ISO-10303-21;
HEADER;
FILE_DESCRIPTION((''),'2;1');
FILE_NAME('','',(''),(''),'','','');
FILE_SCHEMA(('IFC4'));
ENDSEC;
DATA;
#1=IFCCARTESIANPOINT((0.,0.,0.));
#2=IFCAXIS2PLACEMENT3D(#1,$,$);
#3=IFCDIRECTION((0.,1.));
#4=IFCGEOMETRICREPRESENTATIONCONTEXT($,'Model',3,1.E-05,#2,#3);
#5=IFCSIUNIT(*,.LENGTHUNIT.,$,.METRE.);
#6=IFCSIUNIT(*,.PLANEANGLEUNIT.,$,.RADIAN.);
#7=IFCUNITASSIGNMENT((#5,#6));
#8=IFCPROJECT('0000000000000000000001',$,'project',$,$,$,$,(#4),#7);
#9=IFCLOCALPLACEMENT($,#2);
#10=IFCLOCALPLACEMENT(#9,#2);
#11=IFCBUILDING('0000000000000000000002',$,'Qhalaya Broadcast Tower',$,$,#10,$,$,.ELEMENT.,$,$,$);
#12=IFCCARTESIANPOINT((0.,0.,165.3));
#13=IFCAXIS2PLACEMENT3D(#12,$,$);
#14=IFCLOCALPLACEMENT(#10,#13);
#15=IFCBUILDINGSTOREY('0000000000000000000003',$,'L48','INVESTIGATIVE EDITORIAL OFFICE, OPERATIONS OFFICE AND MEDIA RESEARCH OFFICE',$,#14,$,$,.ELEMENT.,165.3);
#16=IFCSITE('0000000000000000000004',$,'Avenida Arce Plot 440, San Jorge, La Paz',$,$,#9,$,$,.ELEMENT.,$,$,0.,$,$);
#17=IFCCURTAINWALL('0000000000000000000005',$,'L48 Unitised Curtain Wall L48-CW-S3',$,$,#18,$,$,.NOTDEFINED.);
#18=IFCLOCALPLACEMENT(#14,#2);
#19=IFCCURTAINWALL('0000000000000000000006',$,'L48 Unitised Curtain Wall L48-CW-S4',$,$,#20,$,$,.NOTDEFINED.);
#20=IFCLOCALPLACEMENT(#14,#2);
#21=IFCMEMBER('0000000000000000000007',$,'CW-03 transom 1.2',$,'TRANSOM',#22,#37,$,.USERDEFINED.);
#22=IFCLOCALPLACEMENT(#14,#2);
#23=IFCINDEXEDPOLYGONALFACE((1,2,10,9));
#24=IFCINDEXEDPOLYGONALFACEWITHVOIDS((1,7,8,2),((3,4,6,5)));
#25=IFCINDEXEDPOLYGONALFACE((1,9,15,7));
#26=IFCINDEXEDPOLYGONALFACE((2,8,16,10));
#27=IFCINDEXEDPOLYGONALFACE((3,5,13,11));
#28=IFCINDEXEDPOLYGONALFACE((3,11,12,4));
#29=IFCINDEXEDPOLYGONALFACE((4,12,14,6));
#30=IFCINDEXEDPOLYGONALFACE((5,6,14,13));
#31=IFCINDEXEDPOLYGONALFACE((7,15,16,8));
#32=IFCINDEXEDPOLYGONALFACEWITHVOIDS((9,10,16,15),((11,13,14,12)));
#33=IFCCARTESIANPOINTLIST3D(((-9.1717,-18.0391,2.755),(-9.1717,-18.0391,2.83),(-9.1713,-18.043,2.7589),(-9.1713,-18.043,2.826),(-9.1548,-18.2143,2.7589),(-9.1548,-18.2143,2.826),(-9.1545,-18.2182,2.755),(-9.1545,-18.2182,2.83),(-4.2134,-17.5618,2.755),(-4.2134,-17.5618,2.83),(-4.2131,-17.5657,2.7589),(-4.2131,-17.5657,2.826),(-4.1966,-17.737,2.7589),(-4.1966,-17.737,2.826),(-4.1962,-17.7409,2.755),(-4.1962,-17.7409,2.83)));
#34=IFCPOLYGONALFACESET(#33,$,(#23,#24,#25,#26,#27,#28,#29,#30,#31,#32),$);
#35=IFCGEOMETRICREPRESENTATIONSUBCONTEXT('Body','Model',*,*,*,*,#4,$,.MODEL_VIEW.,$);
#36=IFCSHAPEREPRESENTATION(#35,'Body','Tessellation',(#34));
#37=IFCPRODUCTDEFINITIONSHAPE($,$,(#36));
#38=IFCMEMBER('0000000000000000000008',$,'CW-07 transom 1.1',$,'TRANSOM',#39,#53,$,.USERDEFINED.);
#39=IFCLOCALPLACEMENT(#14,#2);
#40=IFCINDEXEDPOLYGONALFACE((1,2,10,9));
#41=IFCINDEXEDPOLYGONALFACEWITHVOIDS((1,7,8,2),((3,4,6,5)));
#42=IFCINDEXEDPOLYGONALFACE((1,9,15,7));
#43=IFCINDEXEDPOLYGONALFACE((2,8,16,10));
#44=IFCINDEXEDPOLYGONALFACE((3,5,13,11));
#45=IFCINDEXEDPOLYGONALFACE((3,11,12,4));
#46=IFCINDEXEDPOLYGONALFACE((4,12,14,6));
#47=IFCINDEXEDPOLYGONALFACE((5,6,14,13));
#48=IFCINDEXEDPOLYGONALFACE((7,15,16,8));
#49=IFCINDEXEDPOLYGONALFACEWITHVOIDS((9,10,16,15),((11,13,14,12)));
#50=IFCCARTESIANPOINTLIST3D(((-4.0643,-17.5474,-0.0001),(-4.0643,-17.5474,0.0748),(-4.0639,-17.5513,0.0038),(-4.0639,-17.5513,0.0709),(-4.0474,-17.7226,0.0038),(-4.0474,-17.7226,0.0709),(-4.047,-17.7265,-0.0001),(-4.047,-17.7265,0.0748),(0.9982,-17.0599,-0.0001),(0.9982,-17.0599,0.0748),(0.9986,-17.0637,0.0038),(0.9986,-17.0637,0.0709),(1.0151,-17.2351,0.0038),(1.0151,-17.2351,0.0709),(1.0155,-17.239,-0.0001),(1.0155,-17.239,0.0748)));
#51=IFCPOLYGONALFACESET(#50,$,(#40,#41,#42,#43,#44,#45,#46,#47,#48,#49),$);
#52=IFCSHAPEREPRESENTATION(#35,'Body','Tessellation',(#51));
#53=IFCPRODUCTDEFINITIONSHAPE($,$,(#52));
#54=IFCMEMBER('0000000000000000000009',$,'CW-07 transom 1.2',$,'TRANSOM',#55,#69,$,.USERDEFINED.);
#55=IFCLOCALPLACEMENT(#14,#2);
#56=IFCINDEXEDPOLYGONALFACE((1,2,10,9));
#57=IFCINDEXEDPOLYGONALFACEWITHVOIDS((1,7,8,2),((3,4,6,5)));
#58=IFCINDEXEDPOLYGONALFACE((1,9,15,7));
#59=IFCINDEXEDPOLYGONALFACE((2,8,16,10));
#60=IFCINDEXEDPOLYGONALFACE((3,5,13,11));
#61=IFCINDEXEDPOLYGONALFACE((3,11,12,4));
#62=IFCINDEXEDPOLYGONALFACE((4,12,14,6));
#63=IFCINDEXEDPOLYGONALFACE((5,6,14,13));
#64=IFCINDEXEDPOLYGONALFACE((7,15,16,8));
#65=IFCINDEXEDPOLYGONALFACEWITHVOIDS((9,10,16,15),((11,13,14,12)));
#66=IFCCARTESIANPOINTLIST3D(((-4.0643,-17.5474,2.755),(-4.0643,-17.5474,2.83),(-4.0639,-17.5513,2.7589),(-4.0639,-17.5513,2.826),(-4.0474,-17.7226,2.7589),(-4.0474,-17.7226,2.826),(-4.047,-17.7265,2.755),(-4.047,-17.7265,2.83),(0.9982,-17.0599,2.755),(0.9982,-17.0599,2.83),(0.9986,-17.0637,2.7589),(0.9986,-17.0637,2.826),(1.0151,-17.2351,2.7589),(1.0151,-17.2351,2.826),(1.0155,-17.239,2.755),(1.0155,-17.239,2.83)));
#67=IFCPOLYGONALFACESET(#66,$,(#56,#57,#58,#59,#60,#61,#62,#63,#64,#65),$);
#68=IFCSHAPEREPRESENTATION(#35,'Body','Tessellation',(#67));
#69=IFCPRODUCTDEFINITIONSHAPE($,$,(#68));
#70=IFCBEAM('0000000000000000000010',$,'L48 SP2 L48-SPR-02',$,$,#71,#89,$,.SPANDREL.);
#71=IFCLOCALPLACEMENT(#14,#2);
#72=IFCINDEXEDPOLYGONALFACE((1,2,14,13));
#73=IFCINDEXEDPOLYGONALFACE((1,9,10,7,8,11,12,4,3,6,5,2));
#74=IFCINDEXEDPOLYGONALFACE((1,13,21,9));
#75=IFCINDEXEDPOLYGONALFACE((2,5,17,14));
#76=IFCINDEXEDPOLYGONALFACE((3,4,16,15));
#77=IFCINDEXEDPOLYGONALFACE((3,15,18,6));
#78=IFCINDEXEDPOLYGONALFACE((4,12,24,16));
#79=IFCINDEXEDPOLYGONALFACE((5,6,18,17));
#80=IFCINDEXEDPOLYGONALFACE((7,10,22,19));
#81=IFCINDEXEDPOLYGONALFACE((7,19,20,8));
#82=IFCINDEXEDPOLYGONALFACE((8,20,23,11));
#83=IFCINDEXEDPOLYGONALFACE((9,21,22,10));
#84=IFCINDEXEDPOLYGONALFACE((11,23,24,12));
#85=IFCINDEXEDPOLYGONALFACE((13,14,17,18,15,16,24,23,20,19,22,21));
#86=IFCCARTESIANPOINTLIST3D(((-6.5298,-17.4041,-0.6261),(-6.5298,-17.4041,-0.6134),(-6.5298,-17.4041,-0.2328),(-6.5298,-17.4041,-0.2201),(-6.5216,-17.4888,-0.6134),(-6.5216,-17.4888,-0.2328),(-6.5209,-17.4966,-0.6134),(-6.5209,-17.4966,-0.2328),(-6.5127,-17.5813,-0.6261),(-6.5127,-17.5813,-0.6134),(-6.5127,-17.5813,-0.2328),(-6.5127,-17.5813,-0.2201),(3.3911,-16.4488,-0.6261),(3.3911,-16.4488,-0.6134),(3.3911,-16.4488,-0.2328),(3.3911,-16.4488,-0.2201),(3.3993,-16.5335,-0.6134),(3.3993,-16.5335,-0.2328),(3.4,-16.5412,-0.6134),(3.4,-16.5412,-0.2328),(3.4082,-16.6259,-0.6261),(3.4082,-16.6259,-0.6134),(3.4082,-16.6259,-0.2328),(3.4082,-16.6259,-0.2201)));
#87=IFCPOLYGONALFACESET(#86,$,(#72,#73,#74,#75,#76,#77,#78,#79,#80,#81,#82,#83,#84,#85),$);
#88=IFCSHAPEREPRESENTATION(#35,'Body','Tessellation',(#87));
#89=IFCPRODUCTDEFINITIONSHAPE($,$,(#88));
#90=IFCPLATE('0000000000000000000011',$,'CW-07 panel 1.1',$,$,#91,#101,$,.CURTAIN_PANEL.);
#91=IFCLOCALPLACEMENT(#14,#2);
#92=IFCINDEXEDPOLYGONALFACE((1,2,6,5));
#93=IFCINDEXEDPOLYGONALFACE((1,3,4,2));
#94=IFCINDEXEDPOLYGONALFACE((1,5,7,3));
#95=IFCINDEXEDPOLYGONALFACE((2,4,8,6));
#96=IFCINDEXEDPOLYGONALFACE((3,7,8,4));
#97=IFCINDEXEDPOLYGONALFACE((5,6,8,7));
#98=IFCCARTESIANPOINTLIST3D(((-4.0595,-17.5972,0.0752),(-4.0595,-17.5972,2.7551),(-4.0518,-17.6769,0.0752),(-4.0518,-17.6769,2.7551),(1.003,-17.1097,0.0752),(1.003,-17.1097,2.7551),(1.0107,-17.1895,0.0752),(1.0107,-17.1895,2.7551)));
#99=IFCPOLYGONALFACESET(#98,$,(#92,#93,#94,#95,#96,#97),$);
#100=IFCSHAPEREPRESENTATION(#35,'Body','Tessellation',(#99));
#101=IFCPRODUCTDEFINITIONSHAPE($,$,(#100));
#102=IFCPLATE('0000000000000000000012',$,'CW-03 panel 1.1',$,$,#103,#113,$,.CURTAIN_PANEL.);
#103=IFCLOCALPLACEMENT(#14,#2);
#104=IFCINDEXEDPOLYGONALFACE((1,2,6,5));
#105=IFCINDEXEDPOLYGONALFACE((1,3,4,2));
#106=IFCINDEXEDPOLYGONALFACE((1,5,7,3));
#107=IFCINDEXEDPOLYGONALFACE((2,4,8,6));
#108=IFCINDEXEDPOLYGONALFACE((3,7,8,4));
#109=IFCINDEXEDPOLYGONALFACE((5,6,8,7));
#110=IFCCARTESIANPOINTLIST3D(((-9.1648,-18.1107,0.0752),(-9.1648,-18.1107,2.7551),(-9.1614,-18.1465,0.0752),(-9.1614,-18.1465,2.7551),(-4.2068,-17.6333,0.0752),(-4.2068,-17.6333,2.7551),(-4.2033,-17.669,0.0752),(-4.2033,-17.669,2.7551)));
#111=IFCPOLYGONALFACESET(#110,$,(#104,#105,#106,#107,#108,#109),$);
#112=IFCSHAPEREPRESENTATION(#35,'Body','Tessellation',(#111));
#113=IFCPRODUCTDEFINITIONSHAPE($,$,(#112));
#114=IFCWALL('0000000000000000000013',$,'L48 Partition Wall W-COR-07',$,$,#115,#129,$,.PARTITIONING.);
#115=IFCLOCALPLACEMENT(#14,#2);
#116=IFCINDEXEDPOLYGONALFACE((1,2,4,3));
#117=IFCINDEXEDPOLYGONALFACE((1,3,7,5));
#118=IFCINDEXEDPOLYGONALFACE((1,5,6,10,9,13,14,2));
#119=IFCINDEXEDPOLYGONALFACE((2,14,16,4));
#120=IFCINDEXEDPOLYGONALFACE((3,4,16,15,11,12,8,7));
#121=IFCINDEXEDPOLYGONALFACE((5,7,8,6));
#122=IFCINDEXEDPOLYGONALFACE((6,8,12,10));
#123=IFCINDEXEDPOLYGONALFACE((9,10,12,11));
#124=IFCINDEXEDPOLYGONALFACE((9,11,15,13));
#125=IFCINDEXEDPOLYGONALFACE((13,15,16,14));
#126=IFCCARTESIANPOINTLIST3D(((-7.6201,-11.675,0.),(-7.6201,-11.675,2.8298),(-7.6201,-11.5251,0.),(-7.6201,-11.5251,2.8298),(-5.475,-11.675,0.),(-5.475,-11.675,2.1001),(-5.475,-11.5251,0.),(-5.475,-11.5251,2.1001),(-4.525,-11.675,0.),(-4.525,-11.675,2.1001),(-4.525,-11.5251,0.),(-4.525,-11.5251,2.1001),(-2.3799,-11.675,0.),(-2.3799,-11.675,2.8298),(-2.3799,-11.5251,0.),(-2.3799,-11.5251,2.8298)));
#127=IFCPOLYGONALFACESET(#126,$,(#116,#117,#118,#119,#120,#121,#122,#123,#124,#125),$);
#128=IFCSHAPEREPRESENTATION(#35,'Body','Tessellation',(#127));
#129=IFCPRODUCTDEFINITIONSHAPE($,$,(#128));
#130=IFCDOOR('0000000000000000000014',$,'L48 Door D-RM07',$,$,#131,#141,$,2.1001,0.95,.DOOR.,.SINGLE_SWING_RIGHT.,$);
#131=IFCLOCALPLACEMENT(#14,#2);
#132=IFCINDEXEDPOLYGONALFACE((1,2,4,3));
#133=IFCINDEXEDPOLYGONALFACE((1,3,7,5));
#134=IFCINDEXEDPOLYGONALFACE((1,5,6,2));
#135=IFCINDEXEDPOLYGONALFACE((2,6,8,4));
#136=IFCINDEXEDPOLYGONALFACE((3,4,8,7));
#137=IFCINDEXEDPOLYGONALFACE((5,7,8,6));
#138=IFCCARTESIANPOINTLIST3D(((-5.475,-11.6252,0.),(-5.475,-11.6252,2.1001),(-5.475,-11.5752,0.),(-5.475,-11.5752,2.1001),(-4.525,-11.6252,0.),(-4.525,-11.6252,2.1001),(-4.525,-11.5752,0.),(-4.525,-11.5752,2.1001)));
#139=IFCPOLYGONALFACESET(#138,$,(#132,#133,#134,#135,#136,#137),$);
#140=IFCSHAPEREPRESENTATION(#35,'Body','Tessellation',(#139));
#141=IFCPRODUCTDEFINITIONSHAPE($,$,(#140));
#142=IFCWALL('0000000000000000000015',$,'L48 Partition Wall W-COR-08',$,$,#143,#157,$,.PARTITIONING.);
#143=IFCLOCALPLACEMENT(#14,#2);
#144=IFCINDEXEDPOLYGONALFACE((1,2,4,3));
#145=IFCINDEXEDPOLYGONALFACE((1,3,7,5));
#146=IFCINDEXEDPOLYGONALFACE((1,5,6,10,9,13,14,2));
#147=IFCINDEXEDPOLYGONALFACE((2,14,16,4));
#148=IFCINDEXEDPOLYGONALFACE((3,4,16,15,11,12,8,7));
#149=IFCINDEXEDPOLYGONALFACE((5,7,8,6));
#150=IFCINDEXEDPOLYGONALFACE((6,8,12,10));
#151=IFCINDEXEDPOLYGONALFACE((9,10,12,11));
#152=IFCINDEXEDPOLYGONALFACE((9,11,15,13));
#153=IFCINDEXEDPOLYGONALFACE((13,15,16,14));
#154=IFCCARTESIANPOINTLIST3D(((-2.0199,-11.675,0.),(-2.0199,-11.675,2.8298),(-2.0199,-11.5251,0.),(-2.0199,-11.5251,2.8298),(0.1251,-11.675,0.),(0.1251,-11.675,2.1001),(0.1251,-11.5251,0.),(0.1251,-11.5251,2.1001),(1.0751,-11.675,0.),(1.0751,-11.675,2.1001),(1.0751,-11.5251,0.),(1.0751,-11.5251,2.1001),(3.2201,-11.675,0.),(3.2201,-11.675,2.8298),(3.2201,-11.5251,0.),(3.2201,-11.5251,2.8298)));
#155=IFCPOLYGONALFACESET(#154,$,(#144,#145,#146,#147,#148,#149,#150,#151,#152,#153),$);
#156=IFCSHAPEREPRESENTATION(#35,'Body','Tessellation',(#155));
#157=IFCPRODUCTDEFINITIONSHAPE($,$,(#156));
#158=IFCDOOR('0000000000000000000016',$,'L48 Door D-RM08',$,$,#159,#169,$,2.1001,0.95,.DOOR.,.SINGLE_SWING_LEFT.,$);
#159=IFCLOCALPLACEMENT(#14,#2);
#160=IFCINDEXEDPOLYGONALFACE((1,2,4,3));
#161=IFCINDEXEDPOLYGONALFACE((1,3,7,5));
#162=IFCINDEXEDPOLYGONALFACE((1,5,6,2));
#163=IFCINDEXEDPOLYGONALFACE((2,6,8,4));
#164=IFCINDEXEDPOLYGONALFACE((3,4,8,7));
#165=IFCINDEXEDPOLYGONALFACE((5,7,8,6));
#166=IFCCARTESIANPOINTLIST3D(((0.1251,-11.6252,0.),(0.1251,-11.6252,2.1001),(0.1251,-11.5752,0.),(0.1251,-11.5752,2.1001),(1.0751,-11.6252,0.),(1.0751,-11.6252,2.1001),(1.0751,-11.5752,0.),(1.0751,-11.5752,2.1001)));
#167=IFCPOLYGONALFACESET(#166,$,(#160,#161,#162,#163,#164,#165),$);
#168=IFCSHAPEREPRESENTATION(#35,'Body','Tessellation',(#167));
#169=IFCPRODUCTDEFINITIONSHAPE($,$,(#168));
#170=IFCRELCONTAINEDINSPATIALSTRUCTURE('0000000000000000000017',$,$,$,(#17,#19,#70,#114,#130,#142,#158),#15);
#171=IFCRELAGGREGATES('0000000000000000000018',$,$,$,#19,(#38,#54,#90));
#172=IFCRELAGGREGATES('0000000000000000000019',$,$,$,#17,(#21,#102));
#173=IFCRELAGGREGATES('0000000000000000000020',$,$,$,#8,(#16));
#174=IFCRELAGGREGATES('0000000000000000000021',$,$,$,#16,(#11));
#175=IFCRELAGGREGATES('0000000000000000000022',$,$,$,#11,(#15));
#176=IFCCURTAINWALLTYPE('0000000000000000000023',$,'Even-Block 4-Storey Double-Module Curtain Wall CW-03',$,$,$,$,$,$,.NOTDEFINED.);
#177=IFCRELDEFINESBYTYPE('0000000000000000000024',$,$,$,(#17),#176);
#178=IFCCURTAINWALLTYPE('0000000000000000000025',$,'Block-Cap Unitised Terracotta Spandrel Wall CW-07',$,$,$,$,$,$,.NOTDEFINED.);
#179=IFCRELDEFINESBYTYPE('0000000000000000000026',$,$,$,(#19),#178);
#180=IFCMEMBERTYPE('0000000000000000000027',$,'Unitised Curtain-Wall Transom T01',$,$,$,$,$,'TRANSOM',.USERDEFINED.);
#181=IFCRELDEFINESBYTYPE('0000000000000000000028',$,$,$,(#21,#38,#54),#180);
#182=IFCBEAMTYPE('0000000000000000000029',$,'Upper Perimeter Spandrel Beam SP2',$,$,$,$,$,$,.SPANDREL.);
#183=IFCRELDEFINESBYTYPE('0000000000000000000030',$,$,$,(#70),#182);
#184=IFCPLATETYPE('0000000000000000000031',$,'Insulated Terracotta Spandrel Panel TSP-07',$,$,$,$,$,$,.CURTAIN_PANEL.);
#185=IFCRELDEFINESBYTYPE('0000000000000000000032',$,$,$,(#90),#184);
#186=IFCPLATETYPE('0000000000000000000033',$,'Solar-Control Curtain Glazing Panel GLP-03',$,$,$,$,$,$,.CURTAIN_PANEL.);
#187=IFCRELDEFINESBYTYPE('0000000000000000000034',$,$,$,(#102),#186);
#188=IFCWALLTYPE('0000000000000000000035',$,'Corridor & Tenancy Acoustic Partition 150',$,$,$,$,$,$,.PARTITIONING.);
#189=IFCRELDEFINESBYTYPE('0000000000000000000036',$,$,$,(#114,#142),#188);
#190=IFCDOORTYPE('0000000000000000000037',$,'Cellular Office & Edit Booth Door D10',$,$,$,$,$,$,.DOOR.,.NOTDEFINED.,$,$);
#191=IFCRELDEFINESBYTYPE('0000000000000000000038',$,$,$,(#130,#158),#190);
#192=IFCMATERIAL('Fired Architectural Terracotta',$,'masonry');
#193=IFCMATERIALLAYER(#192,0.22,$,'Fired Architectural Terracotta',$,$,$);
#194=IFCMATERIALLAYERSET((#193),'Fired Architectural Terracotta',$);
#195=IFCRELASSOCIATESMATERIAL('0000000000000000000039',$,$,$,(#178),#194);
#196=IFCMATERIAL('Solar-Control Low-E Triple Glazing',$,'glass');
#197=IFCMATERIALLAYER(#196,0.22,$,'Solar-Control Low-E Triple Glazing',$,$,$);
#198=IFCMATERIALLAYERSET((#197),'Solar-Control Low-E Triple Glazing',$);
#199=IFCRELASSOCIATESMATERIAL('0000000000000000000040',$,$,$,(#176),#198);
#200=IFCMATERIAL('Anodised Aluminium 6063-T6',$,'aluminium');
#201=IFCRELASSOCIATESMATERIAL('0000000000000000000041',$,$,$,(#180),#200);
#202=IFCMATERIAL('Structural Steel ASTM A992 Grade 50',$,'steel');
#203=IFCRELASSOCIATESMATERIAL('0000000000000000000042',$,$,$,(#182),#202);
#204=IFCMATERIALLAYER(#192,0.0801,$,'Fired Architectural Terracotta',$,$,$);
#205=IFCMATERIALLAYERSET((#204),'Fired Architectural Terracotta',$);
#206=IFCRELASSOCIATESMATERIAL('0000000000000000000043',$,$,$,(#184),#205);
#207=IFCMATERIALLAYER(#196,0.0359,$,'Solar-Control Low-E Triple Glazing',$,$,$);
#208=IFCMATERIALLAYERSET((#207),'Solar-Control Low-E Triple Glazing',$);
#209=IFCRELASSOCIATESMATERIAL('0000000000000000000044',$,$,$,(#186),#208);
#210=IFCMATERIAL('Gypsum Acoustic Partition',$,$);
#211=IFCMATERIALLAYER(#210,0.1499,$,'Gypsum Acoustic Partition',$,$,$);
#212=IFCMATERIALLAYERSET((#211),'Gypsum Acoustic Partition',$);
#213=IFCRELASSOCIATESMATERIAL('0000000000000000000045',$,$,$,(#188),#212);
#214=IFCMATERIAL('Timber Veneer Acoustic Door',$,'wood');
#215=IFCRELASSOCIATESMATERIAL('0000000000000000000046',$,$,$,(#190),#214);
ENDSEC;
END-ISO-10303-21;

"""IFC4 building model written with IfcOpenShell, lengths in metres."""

from ifc_helpers import new_model, si_unit, direction, frame, frame_2d, origin, origin_2d, place, context, subcontext, project, spatial, rectangle, hollow_rectangle, i_section, extrude, material, layer, layer_set, material_profile, profile_set, type_object, element, fill, aggregate, save


model = new_model("IFC4")

# Units and contexts
model_context = context("Model", 3, precision=1e-05, world=origin(), true_north=direction((0.0, 1.0)))
body_context = subcontext(model_context, "Body", "Model", "MODEL_VIEW")
ifc_project = project(units=[si_unit("LENGTHUNIT", "METRE"), si_unit("PLANEANGLEUNIT", "RADIAN")], contexts=[model_context])

# Site, building, storey
site_placement = place(None, origin())
site = spatial("IfcSite", under=ifc_project, at=site_placement, Name="Avenida Arce Plot 440, San Jorge, La Paz", CompositionType="ELEMENT", RefElevation=0.0)
building_placement = place(site_placement, origin())
building = spatial("IfcBuilding", under=site, at=building_placement, Name="Qhalaya Broadcast Tower", CompositionType="ELEMENT")
storey_placement = place(building_placement, frame((0.0, 0.0, 165.3)))
storey = spatial("IfcBuildingStorey", under=building, at=storey_placement, Name="L48", Description="INVESTIGATIVE EDITORIAL OFFICE, OPERATIONS OFFICE AND MEDIA RESEARCH OFFICE", CompositionType="ELEMENT", Elevation=165.3)

# Shared definitions
ifc_material_1 = material(Name="Structural Steel ASTM A992 Grade 50", Category="steel")

# Shared definitions
ifc_material_2 = material(Name="Fired Architectural Terracotta", Category="masonry")
ifc_layer_1 = layer(ifc_material_2, 0.22, Name="Fired Architectural Terracotta")
ifc_layer_set_1 = layer_set([ifc_layer_1], Name="Fired Architectural Terracotta")
curtain_wall_type_1 = type_object("IfcCurtainWallType", Name="Block-Cap Unitised Terracotta Spandrel Wall CW-07", PredefinedType="NOTDEFINED", material=ifc_layer_set_1)
ifc_material_3 = material(Name="Anodised Aluminium 6063-T6", Category="aluminium")

# Curtain wall
ifc_material_4 = material(Name="Solar-Control Low-E Triple Glazing", Category="glass")
ifc_layer_2 = layer(ifc_material_4, 0.22, Name="Solar-Control Low-E Triple Glazing")
ifc_layer_set_2 = layer_set([ifc_layer_2], Name="Solar-Control Low-E Triple Glazing")
curtain_wall_type_2 = type_object("IfcCurtainWallType", Name="Even-Block 4-Storey Double-Module Curtain Wall CW-03", PredefinedType="NOTDEFINED", material=ifc_layer_set_2)
curtain_wall_1_placement = place(storey_placement, origin())
curtain_wall_1 = element("IfcCurtainWall", 1, at=curtain_wall_1_placement, inside=storey, type_object=curtain_wall_type_2, Name="L48 Unitised Curtain Wall L48-CW-S3", PredefinedType="NOTDEFINED")

# Curtain wall
curtain_wall_2_placement = place(storey_placement, origin())
curtain_wall_2 = element("IfcCurtainWall", 2, at=curtain_wall_2_placement, inside=storey, type_object=curtain_wall_type_1, Name="L48 Unitised Curtain Wall L48-CW-S4", PredefinedType="NOTDEFINED")

# Members
ifc_material_profile_1 = material_profile(ifc_material_3, hollow_rectangle(XDim=0.075, YDim=0.1799, WallThickness=0.0039, at=origin_2d()), Name="ALU-TRN 75x180x4")
ifc_profile_set_1 = profile_set([ifc_material_profile_1], Name="Anodised Aluminium 6063-T6")
member_type_1 = type_object("IfcMemberType", Name="Unitised Curtain-Wall Transom T01", ElementType="TRANSOM", PredefinedType="USERDEFINED", material=ifc_profile_set_1)
member_1_placement = place(storey_placement, frame((-9.1631, -18.1287, 2.7925), z_axis=(0.995399, 0.09582, 0.0), x_axis=(0.0, 0.0, 1.0)))
member_1 = element("IfcMember", 3, at=member_1_placement, type_object=member_type_1, Name="CW-03 transom 1.2", ObjectType="TRANSOM", PredefinedType="USERDEFINED", context=body_context, shape_type="SweptSolid", body=[
    extrude(hollow_rectangle(XDim=0.075, YDim=0.1799, WallThickness=0.0039, at=origin_2d()), origin(), (0.0, 0.0, 1.0), 4.9812),
])
member_2_placement = place(storey_placement, frame((-4.0557, -17.637, 0.0374), z_axis=(0.995395, 0.095862, 0.0), x_axis=(0.0, 0.0, 1.0)))
member_2 = element("IfcMember", 4, at=member_2_placement, type_object=member_type_1, Name="CW-07 transom 1.1", ObjectType="TRANSOM", PredefinedType="USERDEFINED", context=body_context, shape_type="SweptSolid", body=[
    extrude(hollow_rectangle(XDim=0.075, YDim=0.1799, WallThickness=0.0039, at=origin_2d()), origin(), (0.0, 0.0, 1.0), 5.0859),
])
member_3_placement = place(storey_placement, frame((-4.0557, -17.637, 2.7925), z_axis=(0.995395, 0.095862, 0.0), x_axis=(0.0, 0.0, 1.0)))
member_3 = element("IfcMember", 5, at=member_3_placement, type_object=member_type_1, Name="CW-07 transom 1.2", ObjectType="TRANSOM", PredefinedType="USERDEFINED", context=body_context, shape_type="SweptSolid", body=[
    extrude(hollow_rectangle(XDim=0.075, YDim=0.1799, WallThickness=0.0039, at=origin_2d()), origin(), (0.0, 0.0, 1.0), 5.0859),
])

# Beam
ifc_material_profile_2 = material_profile(ifc_material_1, i_section(OverallWidth=0.178, OverallDepth=0.406, WebThickness=0.0078, FlangeThickness=0.0127, at=origin_2d()), Name="W16X40")
ifc_profile_set_2 = profile_set([ifc_material_profile_2], Name="Structural Steel ASTM A992 Grade 50")
beam_type_1 = type_object("IfcBeamType", Name="Upper Perimeter Spandrel Beam SP2", PredefinedType="SPANDREL", material=ifc_profile_set_2)
beam_1_placement = place(storey_placement, frame((-6.5212, -17.4927, -0.4231), z_axis=(0.995396, 0.095851, 0.0), x_axis=(-0.095851, 0.995396, 0.0)))
element("IfcBeam", 6, at=beam_1_placement, inside=storey, type_object=beam_type_1, Name="L48 SP2 L48-SPR-02", PredefinedType="SPANDREL", context=body_context, shape_type="SweptSolid", body=[
    extrude(i_section(OverallWidth=0.178, OverallDepth=0.406, WebThickness=0.0078, FlangeThickness=0.0127, at=origin_2d()), origin(), (0.0, 0.0, 1.0), 9.9668),
])

# Plates
ifc_layer_3 = layer(ifc_material_2, 0.0801, Name="Fired Architectural Terracotta")
ifc_layer_set_3 = layer_set([ifc_layer_3], Name="Fired Architectural Terracotta")
plate_type_1 = type_object("IfcPlateType", Name="Insulated Terracotta Spandrel Panel TSP-07", PredefinedType="CURTAIN_PANEL", material=ifc_layer_set_3)
plate_1_placement = place(storey_placement, frame((-1.5244, -17.3933, 0.0752), z_axis=(0.0, 0.0, 1.0), x_axis=(0.995397, 0.095837, 0.0)))
plate_1 = element("IfcPlate", 7, at=plate_1_placement, type_object=plate_type_1, Name="CW-07 panel 1.1", PredefinedType="CURTAIN_PANEL", context=body_context, shape_type="SweptSolid", body=[
    extrude(rectangle(XDim=5.0859, YDim=0.0801, at=origin_2d()), origin(), (0.0, 0.0, 1.0), 2.6799),
])
aggregate(curtain_wall_2, [member_2, member_3, plate_1])
ifc_layer_4 = layer(ifc_material_4, 0.0359, Name="Solar-Control Low-E Triple Glazing")
ifc_layer_set_4 = layer_set([ifc_layer_4], Name="Solar-Control Low-E Triple Glazing")
plate_type_2 = type_object("IfcPlateType", Name="Solar-Control Curtain Glazing Panel GLP-03", PredefinedType="CURTAIN_PANEL", material=ifc_layer_set_4)
plate_2_placement = place(storey_placement, frame((-6.6841, -17.8899, 0.0752), z_axis=(0.0, 0.0, 1.0), x_axis=(0.995396, 0.095848, 0.0)))
plate_2 = element("IfcPlate", 8, at=plate_2_placement, type_object=plate_type_2, Name="CW-03 panel 1.1", PredefinedType="CURTAIN_PANEL", context=body_context, shape_type="SweptSolid", body=[
    extrude(rectangle(XDim=4.981, YDim=0.0359, at=origin_2d()), origin(), (0.0, 0.0, 1.0), 2.6799),
])
aggregate(curtain_wall_1, [member_1, plate_2])

# Walls, openings, doors
ifc_material_5 = material(Name="Gypsum Acoustic Partition")
ifc_layer_5 = layer(ifc_material_5, 0.1499, Name="Gypsum Acoustic Partition")
ifc_layer_set_5 = layer_set([ifc_layer_5], Name="Gypsum Acoustic Partition")
wall_type_1 = type_object("IfcWallType", Name="Corridor & Tenancy Acoustic Partition 150", PredefinedType="PARTITIONING", material=ifc_layer_set_5)
wall_1_placement = place(storey_placement, frame((-7.6201, -11.6001, 0.0), z_axis=(0.0, 0.0, 1.0), x_axis=(1.0, 0.0, 0.0)))
wall_1 = element("IfcWall", 9, at=wall_1_placement, inside=storey, type_object=wall_type_1, Name="L48 Partition Wall W-COR-07", PredefinedType="PARTITIONING", context=body_context, shape_type="SweptSolid", body=[
    extrude(rectangle(XDim=5.2402, YDim=0.1499, at=frame_2d((2.6201, 0.0))), origin(), (0.0, 0.0, 1.0), 2.8298),
])
opening_1_placement = place(wall_1_placement, frame((2.145, 0.0, 0.0)))
opening_1 = element("IfcOpeningElement", 10, at=opening_1_placement, cuts=wall_1, PredefinedType="OPENING", context=body_context, shape_type="SweptSolid", body=[
    extrude(rectangle(XDim=0.95, YDim=2.1001, at=frame_2d((0.4751, 1.05))), frame((0.0, 0.0869, 0.0), z_axis=(0.0, -1.0, 0.0), x_axis=(1.0, 0.0, 0.0)), (0.0, 0.0, 1.0), 0.1738),
])
ifc_material_6 = material(Name="Timber Veneer Acoustic Door", Category="wood")
door_type = type_object("IfcDoorType", Name="Cellular Office & Edit Booth Door D10", OperationType="NOTDEFINED", PredefinedType="DOOR", material=ifc_material_6)
door_1_placement = place(opening_1_placement, origin())
door_1 = element("IfcDoor", 11, at=door_1_placement, inside=storey, type_object=door_type, Name="L48 Door D-RM07", OperationType="SINGLE_SWING_RIGHT", OverallHeight=2.1001, OverallWidth=0.95, PredefinedType="DOOR", context=body_context, shape_type="SweptSolid", body=[
    extrude(rectangle(XDim=0.95, YDim=2.1001, at=frame_2d((0.4751, 1.05))), frame((0.0, 0.0249, 0.0), z_axis=(0.0, -1.0, 0.0), x_axis=(1.0, 0.0, 0.0)), (0.0, 0.0, 1.0), 0.05),
])
fill(opening_1, door_1)
wall_2_placement = place(storey_placement, frame((-2.02, -11.6001, 0.0), z_axis=(0.0, 0.0, 1.0), x_axis=(1.0, 0.0, 0.0)))
wall_2 = element("IfcWall", 12, at=wall_2_placement, inside=storey, type_object=wall_type_1, Name="L48 Partition Wall W-COR-08", PredefinedType="PARTITIONING", context=body_context, shape_type="SweptSolid", body=[
    extrude(rectangle(XDim=5.24, YDim=0.1499, at=frame_2d((2.6201, 0.0))), origin(), (0.0, 0.0, 1.0), 2.8298),
])
opening_2_placement = place(wall_2_placement, frame((2.145, 0.0, 0.0)))
opening_2 = element("IfcOpeningElement", 13, at=opening_2_placement, cuts=wall_2, PredefinedType="OPENING", context=body_context, shape_type="SweptSolid", body=[
    extrude(rectangle(XDim=0.95, YDim=2.1001, at=frame_2d((0.4751, 1.05))), frame((0.0, 0.0869, 0.0), z_axis=(0.0, -1.0, 0.0), x_axis=(1.0, 0.0, 0.0)), (0.0, 0.0, 1.0), 0.1738),
])
door_2_placement = place(opening_2_placement, origin())
door_2 = element("IfcDoor", 14, at=door_2_placement, inside=storey, type_object=door_type, Name="L48 Door D-RM08", OperationType="SINGLE_SWING_LEFT", OverallHeight=2.1001, OverallWidth=0.95, PredefinedType="DOOR", context=body_context, shape_type="SweptSolid", body=[
    extrude(rectangle(XDim=0.95, YDim=2.1001, at=frame_2d((0.4751, 1.05))), frame((0.0, 0.0249, 0.0), z_axis=(0.0, -1.0, 0.0), x_axis=(1.0, 0.0, 0.0)), (0.0, 0.0, 1.0), 0.05),
])
fill(opening_2, door_2)

save(model, "model.ifc")
